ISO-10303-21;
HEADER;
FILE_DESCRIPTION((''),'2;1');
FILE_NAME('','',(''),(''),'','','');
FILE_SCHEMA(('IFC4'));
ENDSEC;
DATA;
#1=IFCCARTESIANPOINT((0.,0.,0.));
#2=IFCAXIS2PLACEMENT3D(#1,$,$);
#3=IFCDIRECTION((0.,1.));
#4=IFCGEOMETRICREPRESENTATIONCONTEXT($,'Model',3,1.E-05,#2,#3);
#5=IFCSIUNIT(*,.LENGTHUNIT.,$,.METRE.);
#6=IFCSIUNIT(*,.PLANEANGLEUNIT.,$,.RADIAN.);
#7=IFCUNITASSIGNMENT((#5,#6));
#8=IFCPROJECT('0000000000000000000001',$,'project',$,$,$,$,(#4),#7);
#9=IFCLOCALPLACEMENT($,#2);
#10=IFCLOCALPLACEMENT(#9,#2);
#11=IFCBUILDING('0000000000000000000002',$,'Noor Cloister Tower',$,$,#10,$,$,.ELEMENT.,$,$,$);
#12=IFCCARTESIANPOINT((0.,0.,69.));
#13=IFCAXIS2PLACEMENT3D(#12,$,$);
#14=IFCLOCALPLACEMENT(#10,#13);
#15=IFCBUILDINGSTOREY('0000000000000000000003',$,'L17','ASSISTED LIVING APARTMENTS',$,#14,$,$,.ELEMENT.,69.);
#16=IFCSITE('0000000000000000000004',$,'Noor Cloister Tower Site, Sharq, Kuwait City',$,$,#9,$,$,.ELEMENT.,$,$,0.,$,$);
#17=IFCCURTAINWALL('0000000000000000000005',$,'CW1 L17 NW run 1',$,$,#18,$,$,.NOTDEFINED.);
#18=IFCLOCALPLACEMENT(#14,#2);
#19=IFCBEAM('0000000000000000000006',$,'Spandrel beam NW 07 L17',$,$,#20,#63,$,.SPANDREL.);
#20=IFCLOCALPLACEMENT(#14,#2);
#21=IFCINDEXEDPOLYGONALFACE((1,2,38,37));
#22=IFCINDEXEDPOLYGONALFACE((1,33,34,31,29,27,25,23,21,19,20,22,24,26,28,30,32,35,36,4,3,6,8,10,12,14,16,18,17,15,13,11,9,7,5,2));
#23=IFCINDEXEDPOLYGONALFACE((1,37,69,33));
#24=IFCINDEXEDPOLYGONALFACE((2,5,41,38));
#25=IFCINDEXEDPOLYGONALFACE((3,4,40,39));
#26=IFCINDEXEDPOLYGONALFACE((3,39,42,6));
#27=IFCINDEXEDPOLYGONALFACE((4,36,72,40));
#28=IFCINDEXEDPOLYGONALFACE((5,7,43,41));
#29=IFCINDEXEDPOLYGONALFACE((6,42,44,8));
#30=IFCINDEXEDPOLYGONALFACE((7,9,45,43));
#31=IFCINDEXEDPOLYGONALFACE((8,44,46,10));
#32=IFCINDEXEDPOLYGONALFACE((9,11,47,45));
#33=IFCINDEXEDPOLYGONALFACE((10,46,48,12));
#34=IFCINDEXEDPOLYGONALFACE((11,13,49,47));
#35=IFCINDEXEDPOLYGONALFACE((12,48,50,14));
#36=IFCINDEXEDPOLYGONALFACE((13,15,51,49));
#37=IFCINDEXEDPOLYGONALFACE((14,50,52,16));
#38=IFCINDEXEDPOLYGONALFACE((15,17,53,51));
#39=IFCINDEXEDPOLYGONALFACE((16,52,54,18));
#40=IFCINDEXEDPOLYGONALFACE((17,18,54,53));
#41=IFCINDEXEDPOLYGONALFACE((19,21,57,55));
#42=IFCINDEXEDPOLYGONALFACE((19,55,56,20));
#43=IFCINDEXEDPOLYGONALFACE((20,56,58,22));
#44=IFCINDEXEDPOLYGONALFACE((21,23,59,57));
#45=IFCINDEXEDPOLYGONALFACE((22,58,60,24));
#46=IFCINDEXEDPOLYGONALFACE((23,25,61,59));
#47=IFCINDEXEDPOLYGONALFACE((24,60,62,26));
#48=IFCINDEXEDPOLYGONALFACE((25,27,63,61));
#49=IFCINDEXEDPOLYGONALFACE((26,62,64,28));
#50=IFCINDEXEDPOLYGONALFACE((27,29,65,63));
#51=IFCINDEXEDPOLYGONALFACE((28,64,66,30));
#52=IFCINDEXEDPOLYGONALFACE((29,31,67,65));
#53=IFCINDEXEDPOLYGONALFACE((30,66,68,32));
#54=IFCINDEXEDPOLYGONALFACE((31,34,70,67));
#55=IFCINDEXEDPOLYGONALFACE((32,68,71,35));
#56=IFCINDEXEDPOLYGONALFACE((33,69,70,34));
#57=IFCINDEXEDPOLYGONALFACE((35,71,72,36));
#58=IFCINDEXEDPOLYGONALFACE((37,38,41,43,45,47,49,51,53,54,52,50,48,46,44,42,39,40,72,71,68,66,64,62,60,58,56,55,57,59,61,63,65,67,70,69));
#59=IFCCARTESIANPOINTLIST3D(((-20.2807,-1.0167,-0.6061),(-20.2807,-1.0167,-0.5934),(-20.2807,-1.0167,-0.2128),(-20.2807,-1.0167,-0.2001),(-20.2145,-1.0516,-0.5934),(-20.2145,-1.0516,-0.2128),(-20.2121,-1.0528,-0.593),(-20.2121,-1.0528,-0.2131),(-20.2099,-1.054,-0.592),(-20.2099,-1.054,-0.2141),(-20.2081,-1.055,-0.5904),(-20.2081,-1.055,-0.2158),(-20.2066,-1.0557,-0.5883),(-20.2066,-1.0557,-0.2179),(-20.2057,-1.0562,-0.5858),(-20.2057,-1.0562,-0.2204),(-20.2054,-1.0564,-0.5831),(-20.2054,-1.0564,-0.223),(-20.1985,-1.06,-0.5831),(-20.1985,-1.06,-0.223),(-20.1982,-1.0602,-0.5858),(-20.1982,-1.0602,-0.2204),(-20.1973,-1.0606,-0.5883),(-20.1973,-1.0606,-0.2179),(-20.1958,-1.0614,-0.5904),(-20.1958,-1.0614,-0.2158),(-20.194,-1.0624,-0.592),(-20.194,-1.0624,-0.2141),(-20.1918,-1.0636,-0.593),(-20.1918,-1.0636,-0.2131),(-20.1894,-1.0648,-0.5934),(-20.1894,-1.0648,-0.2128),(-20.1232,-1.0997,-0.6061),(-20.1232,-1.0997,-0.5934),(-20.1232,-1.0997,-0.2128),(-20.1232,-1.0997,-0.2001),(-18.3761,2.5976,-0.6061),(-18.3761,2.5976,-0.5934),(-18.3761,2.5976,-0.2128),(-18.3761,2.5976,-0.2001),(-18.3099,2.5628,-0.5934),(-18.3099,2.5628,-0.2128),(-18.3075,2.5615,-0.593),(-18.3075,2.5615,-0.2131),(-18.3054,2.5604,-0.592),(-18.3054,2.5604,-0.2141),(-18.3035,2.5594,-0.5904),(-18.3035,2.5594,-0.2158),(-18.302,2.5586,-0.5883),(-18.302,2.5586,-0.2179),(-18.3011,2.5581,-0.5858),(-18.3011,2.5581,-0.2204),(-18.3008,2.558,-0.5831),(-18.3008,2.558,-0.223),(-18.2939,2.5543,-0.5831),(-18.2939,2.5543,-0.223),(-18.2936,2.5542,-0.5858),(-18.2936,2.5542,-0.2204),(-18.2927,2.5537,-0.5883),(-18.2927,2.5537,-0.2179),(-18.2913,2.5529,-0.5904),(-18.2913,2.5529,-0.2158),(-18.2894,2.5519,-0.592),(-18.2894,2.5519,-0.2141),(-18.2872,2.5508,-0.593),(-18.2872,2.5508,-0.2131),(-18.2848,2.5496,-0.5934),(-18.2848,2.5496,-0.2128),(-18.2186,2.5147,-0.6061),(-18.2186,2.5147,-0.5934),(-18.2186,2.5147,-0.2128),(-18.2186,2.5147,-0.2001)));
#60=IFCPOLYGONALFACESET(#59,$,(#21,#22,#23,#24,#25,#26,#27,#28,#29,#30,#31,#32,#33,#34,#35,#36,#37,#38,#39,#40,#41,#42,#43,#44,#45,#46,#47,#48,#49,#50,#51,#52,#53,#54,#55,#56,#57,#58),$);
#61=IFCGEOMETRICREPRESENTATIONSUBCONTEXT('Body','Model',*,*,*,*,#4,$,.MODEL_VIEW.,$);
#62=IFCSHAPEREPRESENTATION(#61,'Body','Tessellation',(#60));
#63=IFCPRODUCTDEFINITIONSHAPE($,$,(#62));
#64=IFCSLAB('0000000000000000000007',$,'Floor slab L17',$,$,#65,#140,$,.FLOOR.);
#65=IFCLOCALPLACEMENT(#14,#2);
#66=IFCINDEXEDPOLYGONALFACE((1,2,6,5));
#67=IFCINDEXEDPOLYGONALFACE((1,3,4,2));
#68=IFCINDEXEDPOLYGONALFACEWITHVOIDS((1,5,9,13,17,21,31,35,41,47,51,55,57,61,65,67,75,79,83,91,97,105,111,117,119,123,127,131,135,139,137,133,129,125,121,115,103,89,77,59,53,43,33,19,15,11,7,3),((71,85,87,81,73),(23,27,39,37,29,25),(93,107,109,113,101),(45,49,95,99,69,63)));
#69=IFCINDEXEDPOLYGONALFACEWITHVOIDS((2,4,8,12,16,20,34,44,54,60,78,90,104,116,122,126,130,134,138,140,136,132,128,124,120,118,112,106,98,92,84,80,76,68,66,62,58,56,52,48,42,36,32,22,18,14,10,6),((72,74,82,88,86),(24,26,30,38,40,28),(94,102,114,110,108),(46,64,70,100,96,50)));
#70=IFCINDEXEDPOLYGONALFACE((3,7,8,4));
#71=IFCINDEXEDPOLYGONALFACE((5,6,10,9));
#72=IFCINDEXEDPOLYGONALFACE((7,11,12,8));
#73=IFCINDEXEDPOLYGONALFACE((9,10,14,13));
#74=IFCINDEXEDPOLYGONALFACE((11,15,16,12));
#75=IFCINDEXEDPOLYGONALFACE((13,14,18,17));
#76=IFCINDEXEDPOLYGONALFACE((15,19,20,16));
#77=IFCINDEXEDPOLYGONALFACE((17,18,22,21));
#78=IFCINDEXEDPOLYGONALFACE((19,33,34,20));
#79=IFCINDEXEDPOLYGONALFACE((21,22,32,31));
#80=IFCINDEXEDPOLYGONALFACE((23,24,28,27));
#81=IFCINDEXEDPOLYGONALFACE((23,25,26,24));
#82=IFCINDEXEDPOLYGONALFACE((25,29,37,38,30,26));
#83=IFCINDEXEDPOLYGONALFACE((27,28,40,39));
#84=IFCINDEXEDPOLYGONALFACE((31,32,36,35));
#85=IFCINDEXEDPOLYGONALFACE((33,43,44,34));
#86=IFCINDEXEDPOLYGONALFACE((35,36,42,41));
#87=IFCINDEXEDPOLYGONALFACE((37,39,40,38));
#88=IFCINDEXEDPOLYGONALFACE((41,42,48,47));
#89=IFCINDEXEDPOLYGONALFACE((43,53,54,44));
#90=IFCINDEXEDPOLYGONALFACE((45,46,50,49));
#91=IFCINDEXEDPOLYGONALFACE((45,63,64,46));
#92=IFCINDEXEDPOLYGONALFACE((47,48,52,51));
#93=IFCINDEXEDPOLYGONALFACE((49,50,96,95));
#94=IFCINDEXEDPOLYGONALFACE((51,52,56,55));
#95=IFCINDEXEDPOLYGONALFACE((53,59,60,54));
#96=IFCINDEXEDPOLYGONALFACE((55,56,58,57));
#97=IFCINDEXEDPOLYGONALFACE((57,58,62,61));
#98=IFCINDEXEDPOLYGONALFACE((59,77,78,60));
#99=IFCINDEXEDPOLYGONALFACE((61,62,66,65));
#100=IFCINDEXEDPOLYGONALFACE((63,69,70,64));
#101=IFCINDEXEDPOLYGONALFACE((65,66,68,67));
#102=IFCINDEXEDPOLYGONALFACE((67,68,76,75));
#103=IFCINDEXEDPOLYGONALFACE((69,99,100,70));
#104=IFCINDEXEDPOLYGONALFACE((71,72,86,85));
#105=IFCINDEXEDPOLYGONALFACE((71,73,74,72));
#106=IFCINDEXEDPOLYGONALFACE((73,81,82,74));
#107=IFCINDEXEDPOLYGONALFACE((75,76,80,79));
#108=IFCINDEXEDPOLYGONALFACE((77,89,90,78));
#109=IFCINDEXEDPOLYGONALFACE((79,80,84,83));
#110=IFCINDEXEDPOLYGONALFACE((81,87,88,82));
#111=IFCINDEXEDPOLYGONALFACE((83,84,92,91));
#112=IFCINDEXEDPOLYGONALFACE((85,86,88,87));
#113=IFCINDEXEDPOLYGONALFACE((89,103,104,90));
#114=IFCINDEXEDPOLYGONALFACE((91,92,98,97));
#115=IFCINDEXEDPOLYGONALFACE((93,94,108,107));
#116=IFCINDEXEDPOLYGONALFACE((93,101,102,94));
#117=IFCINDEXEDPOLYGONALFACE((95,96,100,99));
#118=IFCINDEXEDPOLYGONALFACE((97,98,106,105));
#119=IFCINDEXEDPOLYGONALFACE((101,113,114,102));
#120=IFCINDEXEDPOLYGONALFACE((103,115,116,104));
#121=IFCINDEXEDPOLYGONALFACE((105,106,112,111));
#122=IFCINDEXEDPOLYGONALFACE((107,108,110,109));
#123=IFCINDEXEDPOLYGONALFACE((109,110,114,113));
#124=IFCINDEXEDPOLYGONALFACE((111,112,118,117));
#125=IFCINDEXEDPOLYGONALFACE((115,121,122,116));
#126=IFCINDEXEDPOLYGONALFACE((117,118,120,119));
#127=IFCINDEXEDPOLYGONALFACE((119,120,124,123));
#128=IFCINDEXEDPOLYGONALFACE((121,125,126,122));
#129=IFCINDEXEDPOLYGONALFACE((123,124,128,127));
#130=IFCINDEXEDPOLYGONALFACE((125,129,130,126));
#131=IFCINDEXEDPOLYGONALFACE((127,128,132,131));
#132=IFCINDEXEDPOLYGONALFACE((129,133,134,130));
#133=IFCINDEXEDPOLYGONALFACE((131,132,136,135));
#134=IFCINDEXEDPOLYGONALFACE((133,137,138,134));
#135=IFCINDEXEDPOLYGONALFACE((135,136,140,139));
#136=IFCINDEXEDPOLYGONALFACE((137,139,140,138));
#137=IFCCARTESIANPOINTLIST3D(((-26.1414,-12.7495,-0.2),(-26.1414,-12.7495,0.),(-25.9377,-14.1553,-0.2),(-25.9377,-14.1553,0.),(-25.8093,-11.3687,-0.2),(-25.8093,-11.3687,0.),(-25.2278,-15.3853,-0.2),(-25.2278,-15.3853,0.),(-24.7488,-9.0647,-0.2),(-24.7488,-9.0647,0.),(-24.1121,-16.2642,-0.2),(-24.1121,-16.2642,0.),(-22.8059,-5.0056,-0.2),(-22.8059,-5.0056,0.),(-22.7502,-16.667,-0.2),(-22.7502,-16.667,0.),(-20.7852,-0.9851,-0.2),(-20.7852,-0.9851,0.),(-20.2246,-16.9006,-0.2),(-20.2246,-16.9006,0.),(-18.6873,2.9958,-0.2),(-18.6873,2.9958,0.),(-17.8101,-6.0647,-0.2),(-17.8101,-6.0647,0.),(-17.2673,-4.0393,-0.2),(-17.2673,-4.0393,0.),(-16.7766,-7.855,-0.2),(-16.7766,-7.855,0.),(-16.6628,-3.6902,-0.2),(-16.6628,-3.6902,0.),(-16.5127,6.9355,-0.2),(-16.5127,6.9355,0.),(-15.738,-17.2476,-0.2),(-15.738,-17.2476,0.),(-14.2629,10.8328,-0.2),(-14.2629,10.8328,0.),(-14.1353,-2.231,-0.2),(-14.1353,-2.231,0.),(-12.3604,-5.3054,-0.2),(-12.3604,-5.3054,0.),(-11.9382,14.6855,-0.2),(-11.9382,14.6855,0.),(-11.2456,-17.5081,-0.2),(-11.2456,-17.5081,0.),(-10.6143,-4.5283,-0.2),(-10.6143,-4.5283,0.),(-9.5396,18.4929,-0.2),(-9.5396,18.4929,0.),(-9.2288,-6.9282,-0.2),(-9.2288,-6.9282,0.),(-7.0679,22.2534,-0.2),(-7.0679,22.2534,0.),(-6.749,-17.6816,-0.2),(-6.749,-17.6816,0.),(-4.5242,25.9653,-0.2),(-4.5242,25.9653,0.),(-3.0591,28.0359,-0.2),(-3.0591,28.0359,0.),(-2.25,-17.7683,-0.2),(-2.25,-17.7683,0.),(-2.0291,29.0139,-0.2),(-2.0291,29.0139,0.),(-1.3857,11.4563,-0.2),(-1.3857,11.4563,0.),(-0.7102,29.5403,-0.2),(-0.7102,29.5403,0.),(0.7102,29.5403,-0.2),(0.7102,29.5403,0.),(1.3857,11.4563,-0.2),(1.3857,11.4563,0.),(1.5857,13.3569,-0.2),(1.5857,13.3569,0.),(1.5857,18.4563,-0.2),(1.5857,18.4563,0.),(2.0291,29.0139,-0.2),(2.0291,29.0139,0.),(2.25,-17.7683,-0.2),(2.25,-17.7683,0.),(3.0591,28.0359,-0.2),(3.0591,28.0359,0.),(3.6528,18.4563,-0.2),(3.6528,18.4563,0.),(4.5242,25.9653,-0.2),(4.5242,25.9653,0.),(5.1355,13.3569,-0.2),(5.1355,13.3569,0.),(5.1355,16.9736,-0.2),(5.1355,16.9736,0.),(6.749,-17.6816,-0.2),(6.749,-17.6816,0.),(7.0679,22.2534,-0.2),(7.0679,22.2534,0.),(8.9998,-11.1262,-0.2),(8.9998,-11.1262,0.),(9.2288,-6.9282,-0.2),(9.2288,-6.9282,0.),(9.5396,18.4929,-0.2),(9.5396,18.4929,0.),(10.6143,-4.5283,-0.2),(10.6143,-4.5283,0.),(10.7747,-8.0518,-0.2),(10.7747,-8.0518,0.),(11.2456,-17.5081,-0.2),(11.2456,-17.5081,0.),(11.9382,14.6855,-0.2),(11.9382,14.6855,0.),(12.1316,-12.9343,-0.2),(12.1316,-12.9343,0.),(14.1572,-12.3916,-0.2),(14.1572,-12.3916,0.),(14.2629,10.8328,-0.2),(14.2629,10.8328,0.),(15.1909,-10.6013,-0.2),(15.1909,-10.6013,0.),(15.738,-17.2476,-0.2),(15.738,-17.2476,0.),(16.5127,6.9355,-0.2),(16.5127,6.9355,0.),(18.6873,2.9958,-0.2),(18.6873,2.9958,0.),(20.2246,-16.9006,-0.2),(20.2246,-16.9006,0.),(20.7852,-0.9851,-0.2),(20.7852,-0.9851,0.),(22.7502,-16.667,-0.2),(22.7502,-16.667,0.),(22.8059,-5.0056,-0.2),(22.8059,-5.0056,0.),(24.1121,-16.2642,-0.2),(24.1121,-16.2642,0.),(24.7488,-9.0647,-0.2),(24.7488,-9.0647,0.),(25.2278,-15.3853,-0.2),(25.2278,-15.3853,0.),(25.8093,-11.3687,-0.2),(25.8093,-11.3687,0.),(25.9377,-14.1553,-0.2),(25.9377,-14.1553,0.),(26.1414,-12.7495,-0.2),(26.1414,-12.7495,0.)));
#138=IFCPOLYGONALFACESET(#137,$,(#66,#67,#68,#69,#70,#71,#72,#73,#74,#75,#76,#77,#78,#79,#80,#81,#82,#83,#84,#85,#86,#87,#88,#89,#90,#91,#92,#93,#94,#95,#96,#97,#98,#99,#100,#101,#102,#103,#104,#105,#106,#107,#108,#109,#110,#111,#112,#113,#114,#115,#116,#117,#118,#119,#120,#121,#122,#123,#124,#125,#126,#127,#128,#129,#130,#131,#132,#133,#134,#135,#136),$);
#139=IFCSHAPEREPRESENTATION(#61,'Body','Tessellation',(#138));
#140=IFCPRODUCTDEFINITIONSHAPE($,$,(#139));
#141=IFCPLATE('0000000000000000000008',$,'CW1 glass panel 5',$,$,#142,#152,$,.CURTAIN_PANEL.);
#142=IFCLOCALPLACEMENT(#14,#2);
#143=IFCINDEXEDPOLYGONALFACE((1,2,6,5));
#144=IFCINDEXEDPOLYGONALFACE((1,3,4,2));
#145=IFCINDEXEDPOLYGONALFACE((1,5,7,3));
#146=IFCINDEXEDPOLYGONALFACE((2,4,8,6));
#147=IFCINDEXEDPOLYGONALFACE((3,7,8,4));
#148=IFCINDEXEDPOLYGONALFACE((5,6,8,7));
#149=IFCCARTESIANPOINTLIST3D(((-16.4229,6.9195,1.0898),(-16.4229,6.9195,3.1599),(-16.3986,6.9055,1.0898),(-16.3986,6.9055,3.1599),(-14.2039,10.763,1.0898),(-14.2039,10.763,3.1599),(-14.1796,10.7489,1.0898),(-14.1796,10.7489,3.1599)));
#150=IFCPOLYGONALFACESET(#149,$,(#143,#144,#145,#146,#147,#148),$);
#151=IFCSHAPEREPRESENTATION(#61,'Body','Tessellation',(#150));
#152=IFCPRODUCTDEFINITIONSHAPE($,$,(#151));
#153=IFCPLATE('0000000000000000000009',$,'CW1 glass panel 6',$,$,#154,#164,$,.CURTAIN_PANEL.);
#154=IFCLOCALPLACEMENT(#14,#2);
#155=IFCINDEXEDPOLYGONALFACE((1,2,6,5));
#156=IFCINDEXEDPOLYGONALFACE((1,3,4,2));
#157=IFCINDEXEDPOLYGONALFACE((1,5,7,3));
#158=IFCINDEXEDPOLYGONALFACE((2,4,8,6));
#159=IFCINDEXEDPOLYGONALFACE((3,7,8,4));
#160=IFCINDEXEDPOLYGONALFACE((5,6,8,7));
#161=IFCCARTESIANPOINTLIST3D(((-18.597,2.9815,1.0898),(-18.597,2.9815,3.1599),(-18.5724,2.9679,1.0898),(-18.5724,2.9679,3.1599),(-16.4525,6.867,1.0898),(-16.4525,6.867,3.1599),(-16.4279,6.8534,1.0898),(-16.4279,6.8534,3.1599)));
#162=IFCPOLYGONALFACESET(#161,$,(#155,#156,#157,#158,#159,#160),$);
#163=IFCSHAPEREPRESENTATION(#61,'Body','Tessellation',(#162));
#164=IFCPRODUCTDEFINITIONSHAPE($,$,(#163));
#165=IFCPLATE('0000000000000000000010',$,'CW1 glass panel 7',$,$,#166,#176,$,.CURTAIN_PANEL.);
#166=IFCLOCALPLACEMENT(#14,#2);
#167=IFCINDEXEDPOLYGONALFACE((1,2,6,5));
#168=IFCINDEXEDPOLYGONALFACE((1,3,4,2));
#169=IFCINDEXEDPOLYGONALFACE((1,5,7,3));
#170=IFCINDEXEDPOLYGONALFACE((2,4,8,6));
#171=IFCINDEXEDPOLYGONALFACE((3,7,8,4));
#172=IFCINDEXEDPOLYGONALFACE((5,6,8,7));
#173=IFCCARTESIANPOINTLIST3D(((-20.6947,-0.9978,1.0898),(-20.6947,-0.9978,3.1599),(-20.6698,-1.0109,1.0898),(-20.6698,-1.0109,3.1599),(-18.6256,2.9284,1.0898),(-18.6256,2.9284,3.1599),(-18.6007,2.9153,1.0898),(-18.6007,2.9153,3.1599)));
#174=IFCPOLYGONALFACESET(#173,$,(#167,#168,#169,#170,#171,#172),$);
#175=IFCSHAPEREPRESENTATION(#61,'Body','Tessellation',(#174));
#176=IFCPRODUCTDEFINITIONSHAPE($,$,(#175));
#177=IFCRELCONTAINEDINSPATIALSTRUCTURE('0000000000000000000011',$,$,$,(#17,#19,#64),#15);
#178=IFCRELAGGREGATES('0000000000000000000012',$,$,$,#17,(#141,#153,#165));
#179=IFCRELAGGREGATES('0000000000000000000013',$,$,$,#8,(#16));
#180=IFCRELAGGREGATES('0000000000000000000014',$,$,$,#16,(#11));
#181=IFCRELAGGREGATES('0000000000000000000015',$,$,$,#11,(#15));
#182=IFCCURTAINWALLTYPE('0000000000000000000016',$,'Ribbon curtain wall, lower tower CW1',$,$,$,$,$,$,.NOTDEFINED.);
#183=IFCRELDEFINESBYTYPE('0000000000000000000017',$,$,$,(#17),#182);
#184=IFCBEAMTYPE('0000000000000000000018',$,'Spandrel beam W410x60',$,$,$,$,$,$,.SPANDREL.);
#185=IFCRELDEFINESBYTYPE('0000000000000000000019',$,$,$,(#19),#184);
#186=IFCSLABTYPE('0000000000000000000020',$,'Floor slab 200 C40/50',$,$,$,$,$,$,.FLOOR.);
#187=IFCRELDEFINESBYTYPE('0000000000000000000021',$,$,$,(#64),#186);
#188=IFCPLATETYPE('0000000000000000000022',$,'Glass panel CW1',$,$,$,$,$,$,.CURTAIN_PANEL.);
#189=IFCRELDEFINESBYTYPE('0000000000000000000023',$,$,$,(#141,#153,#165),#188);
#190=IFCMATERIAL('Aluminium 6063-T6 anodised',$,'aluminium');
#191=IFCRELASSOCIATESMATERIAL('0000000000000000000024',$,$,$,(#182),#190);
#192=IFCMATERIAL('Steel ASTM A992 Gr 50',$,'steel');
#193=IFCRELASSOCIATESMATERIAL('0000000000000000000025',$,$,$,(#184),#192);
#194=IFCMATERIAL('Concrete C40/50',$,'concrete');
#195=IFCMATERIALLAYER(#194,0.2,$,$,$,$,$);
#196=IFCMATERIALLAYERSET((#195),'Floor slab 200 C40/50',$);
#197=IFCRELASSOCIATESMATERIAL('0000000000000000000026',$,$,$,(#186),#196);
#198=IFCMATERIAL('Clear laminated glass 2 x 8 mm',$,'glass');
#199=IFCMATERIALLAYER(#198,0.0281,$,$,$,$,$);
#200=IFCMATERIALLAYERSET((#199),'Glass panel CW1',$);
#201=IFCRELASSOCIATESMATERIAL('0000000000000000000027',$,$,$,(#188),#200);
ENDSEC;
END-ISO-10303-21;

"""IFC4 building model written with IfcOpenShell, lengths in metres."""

from ifc_helpers import new_model, si_unit, direction, frame, origin, origin_2d, place, context, subcontext, project, spatial, polyline, rectangle, i_section, outline, extrude, material, layer, layer_set, material_profile, profile_set, type_object, element, aggregate, save


model = new_model("IFC4")

# Units and contexts
model_context = context("Model", 3, precision=1e-05, world=origin(), true_north=direction((0.0, 1.0)))
body_context = subcontext(model_context, "Body", "Model", "MODEL_VIEW")
ifc_project = project(units=[si_unit("LENGTHUNIT", "METRE"), si_unit("PLANEANGLEUNIT", "RADIAN")], contexts=[model_context])

# Site, building, storey
site_placement = place(None, origin())
site = spatial("IfcSite", under=ifc_project, at=site_placement, Name="Noor Cloister Tower Site, Sharq, Kuwait City", CompositionType="ELEMENT", RefElevation=0.0)
building_placement = place(site_placement, origin())
building = spatial("IfcBuilding", under=site, at=building_placement, Name="Noor Cloister Tower", CompositionType="ELEMENT")
storey_placement = place(building_placement, frame((0.0, 0.0, 69.0)))
storey = spatial("IfcBuildingStorey", under=building, at=storey_placement, Name="L17", Description="ASSISTED LIVING APARTMENTS", CompositionType="ELEMENT", Elevation=69.0)

# Curtain wall
ifc_material_1 = material(Name="Aluminium 6063-T6 anodised", Category="aluminium")
curtain_wall_type = type_object("IfcCurtainWallType", Name="Ribbon curtain wall, lower tower CW1", PredefinedType="NOTDEFINED", material=ifc_material_1)
curtain_wall_1_placement = place(storey_placement, origin())
curtain_wall_1 = element("IfcCurtainWall", 1, at=curtain_wall_1_placement, inside=storey, type_object=curtain_wall_type, Name="CW1 L17 NW run 1", PredefinedType="NOTDEFINED")

# Beam
ifc_material_2 = material(Name="Steel ASTM A992 Gr 50", Category="steel")
ifc_material_profile_1 = material_profile(ifc_material_2, i_section(OverallWidth=0.178, OverallDepth=0.406, WebThickness=0.0078, FlangeThickness=0.0127, FilletRadius=0.0103, at=origin_2d()), Name="W410x60")
ifc_profile_set_1 = profile_set([ifc_material_profile_1], Name="Steel ASTM A992 Gr 50")
beam_type_1 = type_object("IfcBeamType", Name="Spandrel beam W410x60", PredefinedType="SPANDREL", material=ifc_profile_set_1)
beam_1_placement = place(storey_placement, frame((-18.2974, 2.5562, -0.4031), z_axis=(-0.466187, -0.884686, 0.0), x_axis=(0.884686, -0.466187, 0.0)))
element("IfcBeam", 2, at=beam_1_placement, inside=storey, type_object=beam_type_1, Name="Spandrel beam NW 07 L17", PredefinedType="SPANDREL", context=body_context, shape_type="SweptSolid", body=[
    extrude(i_section(OverallWidth=0.178, OverallDepth=0.406, WebThickness=0.0078, FlangeThickness=0.0127, FilletRadius=0.0103, at=origin_2d()), origin(), (0.0, 0.0, 1.0), 4.0854),
])

# Slab
ifc_material_3 = material(Name="Concrete C40/50", Category="concrete")
ifc_layer_1 = layer(ifc_material_3, 0.2)
ifc_layer_set_1 = layer_set([ifc_layer_1], Name="Floor slab 200 C40/50")
slab_type_1 = type_object("IfcSlabType", Name="Floor slab 200 C40/50", PredefinedType="FLOOR", material=ifc_layer_set_1)
slab_1_placement = place(storey_placement, frame((0.0, 0.0, -0.2)))
element("IfcSlab", 3, at=slab_1_placement, inside=storey, type_object=slab_type_1, Name="Floor slab L17", PredefinedType="FLOOR", context=body_context, shape_type="SweptSolid", body=[
    extrude(outline(polyline([(3.0591, 28.0359), (2.0291, 29.0139), (0.7102, 29.5403), (-0.7102, 29.5403), (-2.0291, 29.0139), (-3.0591, 28.0359), (-4.5242, 25.9653), (-7.0679, 22.2534), (-9.5396, 18.4929), (-11.9382, 14.6855), (-14.2629, 10.8328), (-16.5127, 6.9355), (-18.6873, 2.9958), (-20.7852, -0.9851), (-22.8059, -5.0056), (-24.7488, -9.0647), (-25.8093, -11.3687), (-26.1414, -12.7495), (-25.9377, -14.1553), (-25.2278, -15.3853), (-24.1121, -16.2642), (-22.7502, -16.667), (-20.2246, -16.9006), (-15.738, -17.2476), (-11.2456, -17.5081), (-6.749, -17.6816), (-2.25, -17.7683), (2.25, -17.7683), (6.749, -17.6816), (11.2456, -17.5081), (15.738, -17.2476), (20.2246, -16.9006), (22.7502, -16.667), (24.1121, -16.2642), (25.2278, -15.3853), (25.9377, -14.1553), (26.1414, -12.7495), (25.8093, -11.3687), (24.7488, -9.0647), (22.8059, -5.0056), (20.7852, -0.9851), (18.6873, 2.9958), (16.5127, 6.9355), (14.2629, 10.8328), (11.9382, 14.6855), (9.5396, 18.4929), (7.0679, 22.2534), (4.5242, 25.9653), (3.0591, 28.0359)]), holes=[polyline([(8.9998, -11.1262), (12.1316, -12.9343), (14.1572, -12.3916), (15.1909, -10.6013), (10.7747, -8.0518), (8.9998, -11.1262)]), polyline([(-17.8101, -6.0647), (-16.7766, -7.855), (-12.3604, -5.3054), (-14.1353, -2.231), (-16.6628, -3.6902), (-17.2673, -4.0393), (-17.8101, -6.0647)]), polyline([(-10.6143, -4.5283), (-9.2288, -6.9282), (9.2288, -6.9282), (10.6143, -4.5283), (1.3857, 11.4563), (-1.3857, 11.4563), (-10.6143, -4.5283)]), polyline([(3.6528, 18.4563), (1.5857, 18.4563), (1.5857, 13.3569), (5.1355, 13.3569), (5.1355, 16.9736), (3.6528, 18.4563)])]), origin(), (0.0, 0.0, 1.0), 0.2),
])

# Plates
ifc_material_4 = material(Name="Clear laminated glass 2 x 8 mm", Category="glass")
ifc_layer_2 = layer(ifc_material_4, 0.0281)
ifc_layer_set_2 = layer_set([ifc_layer_2], Name="Glass panel CW1")
plate_type = type_object("IfcPlateType", Name="Glass panel CW1", PredefinedType="CURTAIN_PANEL", material=ifc_layer_set_2)
plate_1_placement = place(storey_placement, frame((-15.3013, 8.8342, 1.0898), z_axis=(0.0, 0.0, 1.0), x_axis=(-0.5, -0.866025, 0.0)))
plate_1 = element("IfcPlate", 4, at=plate_1_placement, type_object=plate_type, Name="CW1 glass panel 5", PredefinedType="CURTAIN_PANEL", context=body_context, shape_type="SweptSolid", body=[
    extrude(rectangle(XDim=4.438, YDim=0.0281, at=origin_2d()), origin(), (0.0, 0.0, 1.0), 2.0701),
])
plate_2_placement = place(storey_placement, frame((-17.5125, 4.9175, 1.0898), z_axis=(0.0, 0.0, 1.0), x_axis=(-0.4832, -0.87551, 0.0)))
plate_2 = element("IfcPlate", 5, at=plate_2_placement, type_object=plate_type, Name="CW1 glass panel 6", PredefinedType="CURTAIN_PANEL", context=body_context, shape_type="SweptSolid", body=[
    extrude(rectangle(XDim=4.438, YDim=0.0281, at=origin_2d()), origin(), (0.0, 0.0, 1.0), 2.0701),
])
plate_3_placement = place(storey_placement, frame((-19.6477, 0.9587, 1.0898), z_axis=(0.0, 0.0, 1.0), x_axis=(-0.466221, -0.884668, 0.0)))
plate_3 = element("IfcPlate", 6, at=plate_3_placement, type_object=plate_type, Name="CW1 glass panel 7", PredefinedType="CURTAIN_PANEL", context=body_context, shape_type="SweptSolid", body=[
    extrude(rectangle(XDim=4.438, YDim=0.0281, at=origin_2d()), origin(), (0.0, 0.0, 1.0), 2.0701),
])
aggregate(curtain_wall_1, [plate_1, plate_2, plate_3])

save(model, "model.ifc")
